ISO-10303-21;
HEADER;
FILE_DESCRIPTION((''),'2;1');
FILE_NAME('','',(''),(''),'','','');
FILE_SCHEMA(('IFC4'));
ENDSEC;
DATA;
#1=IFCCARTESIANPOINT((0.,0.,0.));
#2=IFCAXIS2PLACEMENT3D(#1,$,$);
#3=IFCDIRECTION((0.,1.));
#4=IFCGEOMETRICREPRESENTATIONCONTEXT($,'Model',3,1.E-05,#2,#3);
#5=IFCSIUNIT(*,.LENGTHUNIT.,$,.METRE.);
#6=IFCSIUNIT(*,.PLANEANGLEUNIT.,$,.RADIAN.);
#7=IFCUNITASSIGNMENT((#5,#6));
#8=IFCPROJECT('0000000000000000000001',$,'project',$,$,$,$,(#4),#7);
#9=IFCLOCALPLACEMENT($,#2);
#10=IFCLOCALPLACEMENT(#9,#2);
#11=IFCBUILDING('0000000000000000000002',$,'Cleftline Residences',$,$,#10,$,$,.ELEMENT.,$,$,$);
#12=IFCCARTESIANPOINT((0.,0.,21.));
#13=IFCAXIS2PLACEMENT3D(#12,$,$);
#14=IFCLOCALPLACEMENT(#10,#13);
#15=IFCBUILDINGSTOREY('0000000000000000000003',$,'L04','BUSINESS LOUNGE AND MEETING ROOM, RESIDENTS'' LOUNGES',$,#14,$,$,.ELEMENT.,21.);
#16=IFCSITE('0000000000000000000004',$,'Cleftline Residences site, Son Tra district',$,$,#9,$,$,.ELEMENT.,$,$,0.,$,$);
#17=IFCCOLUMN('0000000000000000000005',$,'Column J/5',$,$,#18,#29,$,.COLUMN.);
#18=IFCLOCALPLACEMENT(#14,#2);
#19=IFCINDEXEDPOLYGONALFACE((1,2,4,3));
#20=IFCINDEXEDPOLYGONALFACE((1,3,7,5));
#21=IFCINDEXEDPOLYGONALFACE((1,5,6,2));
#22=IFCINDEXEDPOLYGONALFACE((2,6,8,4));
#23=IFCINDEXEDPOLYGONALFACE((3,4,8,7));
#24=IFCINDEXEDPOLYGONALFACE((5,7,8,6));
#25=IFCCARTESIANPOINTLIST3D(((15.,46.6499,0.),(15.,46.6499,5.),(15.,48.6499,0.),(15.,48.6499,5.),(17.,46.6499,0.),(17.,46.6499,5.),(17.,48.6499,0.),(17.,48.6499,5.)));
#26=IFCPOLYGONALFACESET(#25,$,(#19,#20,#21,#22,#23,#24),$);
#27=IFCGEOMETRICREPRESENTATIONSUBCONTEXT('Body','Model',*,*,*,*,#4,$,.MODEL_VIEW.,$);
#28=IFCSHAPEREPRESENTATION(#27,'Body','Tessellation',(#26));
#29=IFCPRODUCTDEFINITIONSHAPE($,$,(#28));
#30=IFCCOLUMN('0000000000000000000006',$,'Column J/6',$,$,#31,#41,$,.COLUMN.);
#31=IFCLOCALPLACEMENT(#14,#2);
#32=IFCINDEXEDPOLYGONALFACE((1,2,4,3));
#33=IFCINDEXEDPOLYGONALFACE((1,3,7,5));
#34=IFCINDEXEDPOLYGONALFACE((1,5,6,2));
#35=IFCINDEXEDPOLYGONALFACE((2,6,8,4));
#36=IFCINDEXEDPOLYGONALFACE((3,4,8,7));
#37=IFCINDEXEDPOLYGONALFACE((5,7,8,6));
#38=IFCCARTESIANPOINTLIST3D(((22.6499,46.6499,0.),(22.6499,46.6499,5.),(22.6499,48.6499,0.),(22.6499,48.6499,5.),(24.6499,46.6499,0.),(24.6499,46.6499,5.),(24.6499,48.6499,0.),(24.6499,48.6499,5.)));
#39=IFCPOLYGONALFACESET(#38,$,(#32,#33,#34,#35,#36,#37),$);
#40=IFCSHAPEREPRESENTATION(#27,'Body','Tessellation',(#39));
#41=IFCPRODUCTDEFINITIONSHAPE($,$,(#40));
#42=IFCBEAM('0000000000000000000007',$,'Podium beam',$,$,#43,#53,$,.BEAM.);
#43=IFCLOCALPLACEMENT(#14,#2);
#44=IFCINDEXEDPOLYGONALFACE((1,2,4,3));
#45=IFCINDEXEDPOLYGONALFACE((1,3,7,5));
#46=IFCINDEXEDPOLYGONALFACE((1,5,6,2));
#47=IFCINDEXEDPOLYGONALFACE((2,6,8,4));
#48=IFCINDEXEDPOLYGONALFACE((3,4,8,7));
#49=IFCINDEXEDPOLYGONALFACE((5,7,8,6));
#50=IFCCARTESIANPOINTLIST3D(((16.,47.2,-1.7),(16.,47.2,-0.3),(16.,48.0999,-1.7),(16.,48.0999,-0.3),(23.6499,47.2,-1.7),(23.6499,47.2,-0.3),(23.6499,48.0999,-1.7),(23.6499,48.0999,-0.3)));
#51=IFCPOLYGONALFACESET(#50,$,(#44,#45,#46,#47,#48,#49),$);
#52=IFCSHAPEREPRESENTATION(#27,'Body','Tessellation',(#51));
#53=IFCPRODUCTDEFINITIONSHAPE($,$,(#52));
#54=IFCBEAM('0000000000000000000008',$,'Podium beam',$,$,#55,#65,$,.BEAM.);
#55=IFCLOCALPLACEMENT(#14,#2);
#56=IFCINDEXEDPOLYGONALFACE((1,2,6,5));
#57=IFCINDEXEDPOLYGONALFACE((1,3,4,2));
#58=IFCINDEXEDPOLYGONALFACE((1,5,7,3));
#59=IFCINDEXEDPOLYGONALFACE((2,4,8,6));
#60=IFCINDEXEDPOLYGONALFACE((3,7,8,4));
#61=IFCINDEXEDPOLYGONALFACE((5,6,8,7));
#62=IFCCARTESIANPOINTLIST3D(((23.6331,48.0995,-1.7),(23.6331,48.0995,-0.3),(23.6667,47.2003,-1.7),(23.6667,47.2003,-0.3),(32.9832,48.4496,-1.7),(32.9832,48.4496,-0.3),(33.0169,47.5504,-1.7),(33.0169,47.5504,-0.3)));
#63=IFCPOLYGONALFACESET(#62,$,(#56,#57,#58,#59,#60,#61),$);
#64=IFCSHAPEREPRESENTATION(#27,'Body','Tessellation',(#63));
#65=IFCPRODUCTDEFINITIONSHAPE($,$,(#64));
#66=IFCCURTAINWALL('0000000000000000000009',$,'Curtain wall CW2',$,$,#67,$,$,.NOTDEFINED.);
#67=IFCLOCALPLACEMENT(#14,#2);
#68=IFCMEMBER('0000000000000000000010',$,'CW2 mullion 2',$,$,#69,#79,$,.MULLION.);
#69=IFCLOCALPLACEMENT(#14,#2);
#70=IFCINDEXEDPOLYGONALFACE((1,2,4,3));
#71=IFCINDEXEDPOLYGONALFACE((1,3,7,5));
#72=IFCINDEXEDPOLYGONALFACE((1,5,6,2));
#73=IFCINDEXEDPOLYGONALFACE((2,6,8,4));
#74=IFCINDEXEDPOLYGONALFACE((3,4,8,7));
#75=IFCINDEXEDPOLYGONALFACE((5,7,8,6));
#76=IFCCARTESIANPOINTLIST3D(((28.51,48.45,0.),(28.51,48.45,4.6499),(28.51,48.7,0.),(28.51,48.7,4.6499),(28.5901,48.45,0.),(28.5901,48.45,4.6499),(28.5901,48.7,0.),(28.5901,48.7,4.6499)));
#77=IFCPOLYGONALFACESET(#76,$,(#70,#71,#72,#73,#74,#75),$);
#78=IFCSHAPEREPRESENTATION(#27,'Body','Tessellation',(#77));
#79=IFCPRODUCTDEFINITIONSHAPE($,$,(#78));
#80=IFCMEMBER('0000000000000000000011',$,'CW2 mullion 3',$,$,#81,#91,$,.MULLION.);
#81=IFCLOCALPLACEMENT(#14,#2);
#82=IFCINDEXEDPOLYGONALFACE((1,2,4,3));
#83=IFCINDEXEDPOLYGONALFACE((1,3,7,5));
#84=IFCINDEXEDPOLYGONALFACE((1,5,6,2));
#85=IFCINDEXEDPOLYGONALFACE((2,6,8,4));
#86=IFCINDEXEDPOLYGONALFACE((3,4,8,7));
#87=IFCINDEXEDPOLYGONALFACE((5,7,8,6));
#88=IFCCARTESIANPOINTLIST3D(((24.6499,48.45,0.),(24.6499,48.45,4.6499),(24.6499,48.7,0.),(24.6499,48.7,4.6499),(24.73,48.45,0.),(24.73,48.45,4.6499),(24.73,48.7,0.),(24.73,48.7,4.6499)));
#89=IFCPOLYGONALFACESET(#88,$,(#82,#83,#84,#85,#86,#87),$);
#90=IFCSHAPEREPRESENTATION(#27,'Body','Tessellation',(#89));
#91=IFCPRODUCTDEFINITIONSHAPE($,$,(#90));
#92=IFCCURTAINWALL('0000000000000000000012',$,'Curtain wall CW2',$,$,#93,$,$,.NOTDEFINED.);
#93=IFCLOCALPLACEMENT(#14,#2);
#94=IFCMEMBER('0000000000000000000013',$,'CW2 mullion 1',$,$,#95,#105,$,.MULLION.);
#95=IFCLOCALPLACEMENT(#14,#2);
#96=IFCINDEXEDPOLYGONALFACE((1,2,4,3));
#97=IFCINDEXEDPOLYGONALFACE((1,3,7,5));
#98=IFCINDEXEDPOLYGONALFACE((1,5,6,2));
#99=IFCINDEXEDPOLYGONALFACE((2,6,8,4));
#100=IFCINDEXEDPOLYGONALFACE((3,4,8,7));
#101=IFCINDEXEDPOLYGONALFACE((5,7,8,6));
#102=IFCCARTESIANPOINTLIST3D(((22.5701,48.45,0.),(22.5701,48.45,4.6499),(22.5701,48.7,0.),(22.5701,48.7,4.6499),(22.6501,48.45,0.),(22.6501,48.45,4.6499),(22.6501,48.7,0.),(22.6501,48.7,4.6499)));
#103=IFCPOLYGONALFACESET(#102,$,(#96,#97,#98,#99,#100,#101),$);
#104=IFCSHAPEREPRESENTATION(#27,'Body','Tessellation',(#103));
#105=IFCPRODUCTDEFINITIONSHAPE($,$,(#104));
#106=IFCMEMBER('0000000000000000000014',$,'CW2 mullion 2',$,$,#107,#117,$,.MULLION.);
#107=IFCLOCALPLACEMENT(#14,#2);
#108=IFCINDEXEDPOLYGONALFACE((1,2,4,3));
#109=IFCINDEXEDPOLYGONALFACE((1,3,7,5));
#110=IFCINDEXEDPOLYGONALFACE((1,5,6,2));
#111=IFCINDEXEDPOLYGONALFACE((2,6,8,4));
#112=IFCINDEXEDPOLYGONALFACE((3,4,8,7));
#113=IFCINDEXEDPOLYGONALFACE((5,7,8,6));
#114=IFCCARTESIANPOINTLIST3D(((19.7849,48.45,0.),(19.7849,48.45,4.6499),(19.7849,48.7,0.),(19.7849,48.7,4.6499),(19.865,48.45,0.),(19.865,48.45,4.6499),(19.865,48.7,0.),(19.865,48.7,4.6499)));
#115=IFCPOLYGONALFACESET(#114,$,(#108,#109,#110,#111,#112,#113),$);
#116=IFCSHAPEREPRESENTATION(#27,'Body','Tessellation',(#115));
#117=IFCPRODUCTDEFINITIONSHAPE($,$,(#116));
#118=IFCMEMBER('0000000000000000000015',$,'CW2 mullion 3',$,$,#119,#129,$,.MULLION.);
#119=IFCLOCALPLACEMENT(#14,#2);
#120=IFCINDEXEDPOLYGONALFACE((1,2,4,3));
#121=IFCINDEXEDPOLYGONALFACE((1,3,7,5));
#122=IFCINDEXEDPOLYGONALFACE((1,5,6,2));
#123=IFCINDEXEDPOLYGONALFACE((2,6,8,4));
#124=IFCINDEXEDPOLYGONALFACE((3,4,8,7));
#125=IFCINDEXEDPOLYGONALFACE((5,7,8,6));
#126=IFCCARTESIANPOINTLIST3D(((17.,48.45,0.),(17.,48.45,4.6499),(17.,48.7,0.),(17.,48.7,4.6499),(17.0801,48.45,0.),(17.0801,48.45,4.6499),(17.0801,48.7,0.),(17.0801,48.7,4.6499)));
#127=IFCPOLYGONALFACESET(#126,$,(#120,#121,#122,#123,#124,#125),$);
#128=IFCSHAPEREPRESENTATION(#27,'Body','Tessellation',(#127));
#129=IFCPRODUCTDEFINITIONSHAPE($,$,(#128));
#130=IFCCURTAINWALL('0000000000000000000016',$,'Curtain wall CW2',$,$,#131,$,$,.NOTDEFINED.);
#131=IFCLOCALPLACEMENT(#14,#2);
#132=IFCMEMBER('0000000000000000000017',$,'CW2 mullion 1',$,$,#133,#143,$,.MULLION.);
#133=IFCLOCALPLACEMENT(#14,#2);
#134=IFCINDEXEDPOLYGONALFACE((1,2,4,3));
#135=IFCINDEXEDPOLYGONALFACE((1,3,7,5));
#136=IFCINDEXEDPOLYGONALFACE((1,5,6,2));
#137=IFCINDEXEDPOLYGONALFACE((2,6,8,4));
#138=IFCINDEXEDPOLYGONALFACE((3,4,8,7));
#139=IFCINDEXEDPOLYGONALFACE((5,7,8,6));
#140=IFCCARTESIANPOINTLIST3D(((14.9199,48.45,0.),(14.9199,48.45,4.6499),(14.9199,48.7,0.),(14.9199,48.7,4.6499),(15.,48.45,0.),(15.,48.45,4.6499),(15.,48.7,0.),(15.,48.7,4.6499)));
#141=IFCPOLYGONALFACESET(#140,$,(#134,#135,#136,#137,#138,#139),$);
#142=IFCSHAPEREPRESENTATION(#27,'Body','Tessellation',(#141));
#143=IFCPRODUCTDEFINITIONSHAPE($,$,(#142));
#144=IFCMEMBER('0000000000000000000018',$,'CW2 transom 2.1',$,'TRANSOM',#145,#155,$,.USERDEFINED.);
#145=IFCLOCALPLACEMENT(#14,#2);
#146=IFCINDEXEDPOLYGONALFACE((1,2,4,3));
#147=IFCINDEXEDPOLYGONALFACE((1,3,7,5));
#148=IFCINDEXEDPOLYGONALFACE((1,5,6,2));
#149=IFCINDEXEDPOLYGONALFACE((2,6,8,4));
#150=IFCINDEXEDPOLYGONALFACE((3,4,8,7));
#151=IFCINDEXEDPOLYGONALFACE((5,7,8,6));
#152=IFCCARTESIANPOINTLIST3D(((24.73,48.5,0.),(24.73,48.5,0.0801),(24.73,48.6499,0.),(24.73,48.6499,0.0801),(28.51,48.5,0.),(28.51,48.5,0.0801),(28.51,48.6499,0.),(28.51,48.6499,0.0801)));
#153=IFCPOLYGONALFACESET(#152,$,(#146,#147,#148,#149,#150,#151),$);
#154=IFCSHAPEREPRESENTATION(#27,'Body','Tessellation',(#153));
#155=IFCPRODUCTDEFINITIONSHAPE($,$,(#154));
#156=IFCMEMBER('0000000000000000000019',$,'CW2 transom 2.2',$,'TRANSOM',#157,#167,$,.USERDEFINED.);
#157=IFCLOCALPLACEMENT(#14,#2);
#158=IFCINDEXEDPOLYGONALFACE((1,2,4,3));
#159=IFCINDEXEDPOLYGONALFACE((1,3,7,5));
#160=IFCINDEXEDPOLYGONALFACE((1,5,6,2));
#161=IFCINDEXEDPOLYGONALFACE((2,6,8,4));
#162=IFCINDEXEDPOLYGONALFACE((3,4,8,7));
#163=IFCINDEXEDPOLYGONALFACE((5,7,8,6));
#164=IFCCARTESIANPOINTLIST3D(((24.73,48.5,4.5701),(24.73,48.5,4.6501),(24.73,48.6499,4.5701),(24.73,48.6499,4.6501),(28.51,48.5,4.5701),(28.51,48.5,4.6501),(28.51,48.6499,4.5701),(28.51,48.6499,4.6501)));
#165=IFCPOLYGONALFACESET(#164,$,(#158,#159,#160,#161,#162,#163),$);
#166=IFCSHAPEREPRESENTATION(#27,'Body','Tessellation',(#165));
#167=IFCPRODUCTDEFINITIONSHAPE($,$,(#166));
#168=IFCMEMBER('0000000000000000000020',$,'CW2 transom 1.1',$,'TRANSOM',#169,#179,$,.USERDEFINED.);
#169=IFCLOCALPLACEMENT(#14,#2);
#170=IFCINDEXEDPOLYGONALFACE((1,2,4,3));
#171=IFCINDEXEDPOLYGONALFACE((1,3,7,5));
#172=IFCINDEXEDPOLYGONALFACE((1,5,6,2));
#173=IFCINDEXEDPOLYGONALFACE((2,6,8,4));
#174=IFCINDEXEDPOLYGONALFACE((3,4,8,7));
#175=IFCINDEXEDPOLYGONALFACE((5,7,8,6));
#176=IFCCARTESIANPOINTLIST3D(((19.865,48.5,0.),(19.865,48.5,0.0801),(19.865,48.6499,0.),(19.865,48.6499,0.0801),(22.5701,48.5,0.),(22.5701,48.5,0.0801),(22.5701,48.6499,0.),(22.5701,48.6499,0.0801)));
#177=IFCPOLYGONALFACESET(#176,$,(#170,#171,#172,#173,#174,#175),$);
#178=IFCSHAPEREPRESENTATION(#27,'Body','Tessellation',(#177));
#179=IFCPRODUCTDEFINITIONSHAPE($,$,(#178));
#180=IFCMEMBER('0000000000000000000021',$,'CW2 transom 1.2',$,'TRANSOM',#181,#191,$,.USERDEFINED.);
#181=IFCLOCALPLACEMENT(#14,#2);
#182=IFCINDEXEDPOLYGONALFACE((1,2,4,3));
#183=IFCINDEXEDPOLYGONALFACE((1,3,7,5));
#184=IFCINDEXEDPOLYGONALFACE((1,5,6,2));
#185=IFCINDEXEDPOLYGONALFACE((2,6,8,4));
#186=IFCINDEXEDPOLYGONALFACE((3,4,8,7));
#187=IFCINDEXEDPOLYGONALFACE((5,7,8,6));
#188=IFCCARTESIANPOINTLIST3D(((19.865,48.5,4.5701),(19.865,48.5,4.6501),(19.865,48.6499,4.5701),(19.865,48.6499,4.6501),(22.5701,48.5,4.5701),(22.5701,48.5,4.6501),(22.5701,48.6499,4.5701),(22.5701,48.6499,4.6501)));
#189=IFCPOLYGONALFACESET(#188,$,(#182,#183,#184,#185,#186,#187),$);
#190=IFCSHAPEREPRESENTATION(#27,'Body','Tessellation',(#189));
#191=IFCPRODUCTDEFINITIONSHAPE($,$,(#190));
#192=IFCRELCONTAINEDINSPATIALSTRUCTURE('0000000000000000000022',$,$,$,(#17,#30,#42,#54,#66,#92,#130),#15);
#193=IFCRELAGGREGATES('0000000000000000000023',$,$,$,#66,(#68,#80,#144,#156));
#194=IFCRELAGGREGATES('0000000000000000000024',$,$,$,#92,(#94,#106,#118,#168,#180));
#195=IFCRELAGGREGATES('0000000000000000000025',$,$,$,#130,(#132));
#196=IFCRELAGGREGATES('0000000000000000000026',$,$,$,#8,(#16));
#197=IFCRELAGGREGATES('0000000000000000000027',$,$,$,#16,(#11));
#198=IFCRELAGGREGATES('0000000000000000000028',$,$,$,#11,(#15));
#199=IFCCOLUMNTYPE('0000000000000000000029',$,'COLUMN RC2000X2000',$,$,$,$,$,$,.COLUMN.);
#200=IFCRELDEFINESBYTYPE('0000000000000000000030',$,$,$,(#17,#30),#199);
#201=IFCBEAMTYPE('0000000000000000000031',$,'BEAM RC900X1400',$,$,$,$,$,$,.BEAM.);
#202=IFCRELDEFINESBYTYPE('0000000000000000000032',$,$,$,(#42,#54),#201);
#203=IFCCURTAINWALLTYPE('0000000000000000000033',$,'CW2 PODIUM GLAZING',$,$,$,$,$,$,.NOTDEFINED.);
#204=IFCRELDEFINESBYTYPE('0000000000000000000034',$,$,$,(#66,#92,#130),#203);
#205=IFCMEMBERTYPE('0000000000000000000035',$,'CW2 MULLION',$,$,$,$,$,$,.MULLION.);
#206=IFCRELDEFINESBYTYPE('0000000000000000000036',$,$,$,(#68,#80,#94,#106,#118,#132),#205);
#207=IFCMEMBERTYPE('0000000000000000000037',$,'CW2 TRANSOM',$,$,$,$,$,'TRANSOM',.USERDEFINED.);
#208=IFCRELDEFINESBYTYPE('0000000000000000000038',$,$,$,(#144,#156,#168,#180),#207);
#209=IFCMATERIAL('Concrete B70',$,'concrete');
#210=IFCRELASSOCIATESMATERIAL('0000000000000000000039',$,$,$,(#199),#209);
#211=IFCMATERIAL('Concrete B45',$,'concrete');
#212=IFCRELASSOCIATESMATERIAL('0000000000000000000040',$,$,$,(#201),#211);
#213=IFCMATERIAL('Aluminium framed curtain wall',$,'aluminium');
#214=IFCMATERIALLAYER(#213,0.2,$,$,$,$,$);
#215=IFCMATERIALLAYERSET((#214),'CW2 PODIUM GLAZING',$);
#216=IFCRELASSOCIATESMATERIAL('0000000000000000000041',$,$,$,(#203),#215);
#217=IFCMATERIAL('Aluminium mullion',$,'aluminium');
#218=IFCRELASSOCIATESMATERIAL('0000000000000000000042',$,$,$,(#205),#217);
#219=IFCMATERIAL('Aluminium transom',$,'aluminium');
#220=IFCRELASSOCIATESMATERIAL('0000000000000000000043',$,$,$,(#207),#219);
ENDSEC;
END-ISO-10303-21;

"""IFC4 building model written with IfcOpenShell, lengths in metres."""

from ifc_helpers import new_model, si_unit, direction, frame, origin, origin_2d, place, context, subcontext, project, spatial, rectangle, extrude, material, layer, layer_set, material_profile, profile_set, type_object, element, aggregate, save


model = new_model("IFC4")

# Units and contexts
model_context = context("Model", 3, precision=1e-05, world=origin(), true_north=direction((0.0, 1.0)))
body_context = subcontext(model_context, "Body", "Model", "MODEL_VIEW")
ifc_project = project(units=[si_unit("LENGTHUNIT", "METRE"), si_unit("PLANEANGLEUNIT", "RADIAN")], contexts=[model_context])

# Site, building, storey
site_placement = place(None, origin())
site = spatial("IfcSite", under=ifc_project, at=site_placement, Name="Cleftline Residences site, Son Tra district", CompositionType="ELEMENT", RefElevation=0.0)
building_placement = place(site_placement, origin())
building = spatial("IfcBuilding", under=site, at=building_placement, Name="Cleftline Residences", CompositionType="ELEMENT")
storey_placement = place(building_placement, frame((0.0, 0.0, 21.0)))
storey = spatial("IfcBuildingStorey", under=building, at=storey_placement, Name="L04", Description="BUSINESS LOUNGE AND MEETING ROOM, RESIDENTS' LOUNGES", CompositionType="ELEMENT", Elevation=21.0)

# Columns
ifc_material_1 = material(Name="Concrete B70", Category="concrete")
ifc_material_profile_1 = material_profile(ifc_material_1, rectangle(XDim=2.0, YDim=2.0, at=origin_2d()))
ifc_profile_set_1 = profile_set([ifc_material_profile_1], Name="Concrete B70")
column_type = type_object("IfcColumnType", Name="COLUMN RC2000X2000", PredefinedType="COLUMN", material=ifc_profile_set_1)
for number, where, z_axis, x_axis, name in (
    (1, (16.0, 47.6499, 0.0), (0.0, 0.0, 1.0), (1.0, 0.0, 0.0), "Column J/5"),
    (2, (23.6499, 47.6499, 0.0), (0.0, 0.0, 1.0), (1.0, 0.0, 0.0), "Column J/6"),
):
    element("IfcColumn", number, at=place(storey_placement, frame(where, z_axis=z_axis, x_axis=x_axis)), inside=storey, type_object=column_type, Name=name, PredefinedType="COLUMN", context=body_context, shape_type="SweptSolid", body=[
        extrude(rectangle(XDim=2.0, YDim=2.0, at=origin_2d()), origin(), (0.0, 0.0, 1.0), 5.0),
    ])

# Beams
ifc_material_2 = material(Name="Concrete B45", Category="concrete")
ifc_material_profile_2 = material_profile(ifc_material_2, rectangle(XDim=0.8999, YDim=1.3999, at=origin_2d()))
ifc_profile_set_2 = profile_set([ifc_material_profile_2], Name="Concrete B45")
beam_type = type_object("IfcBeamType", Name="BEAM RC900X1400", PredefinedType="BEAM", material=ifc_profile_set_2)
beam_1_placement = place(storey_placement, frame((16.0, 47.6499, -1.0), z_axis=(1.0, 0.0, 0.0), x_axis=(0.0, 1.0, 0.0)))
element("IfcBeam", 3, at=beam_1_placement, inside=storey, type_object=beam_type, Name="Podium beam", PredefinedType="BEAM", context=body_context, shape_type="SweptSolid", body=[
    extrude(rectangle(XDim=0.8999, YDim=1.3999, at=origin_2d()), origin(), (0.0, 0.0, 1.0), 7.6499),
])
beam_2_placement = place(storey_placement, frame((23.6499, 47.6499, -1.0), z_axis=(0.9993, 0.037417, 0.0), x_axis=(-0.037417, 0.9993, 0.0)))
element("IfcBeam", 4, at=beam_2_placement, inside=storey, type_object=beam_type, Name="Podium beam", PredefinedType="BEAM", context=body_context, shape_type="SweptSolid", body=[
    extrude(rectangle(XDim=0.8999, YDim=1.3999, at=origin_2d()), origin(), (0.0, 0.0, 1.0), 9.3567),
])

# Curtain walls, members
ifc_material_3 = material(Name="Aluminium framed curtain wall", Category="aluminium")
ifc_layer_1 = layer(ifc_material_3, 0.2)
ifc_layer_set_1 = layer_set([ifc_layer_1], Name="CW2 PODIUM GLAZING")
curtain_wall_type = type_object("IfcCurtainWallType", Name="CW2 PODIUM GLAZING", PredefinedType="NOTDEFINED", material=ifc_layer_set_1)
curtain_wall_1_placement = place(storey_placement, origin())
curtain_wall_1 = element("IfcCurtainWall", 5, at=curtain_wall_1_placement, inside=storey, type_object=curtain_wall_type, Name="Curtain wall CW2", PredefinedType="NOTDEFINED")
ifc_material_4 = material(Name="Aluminium mullion", Category="aluminium")
ifc_material_profile_3 = material_profile(ifc_material_4, rectangle(XDim=0.25, YDim=0.0801, at=origin_2d()))
ifc_profile_set_3 = profile_set([ifc_material_profile_3], Name="Aluminium mullion")
member_type_1 = type_object("IfcMemberType", Name="CW2 MULLION", PredefinedType="MULLION", material=ifc_profile_set_3)
member_1_placement = place(storey_placement, frame((28.55, 48.575, 0.0), z_axis=(0.0, 0.0, 1.0), x_axis=(0.0, -1.0, 0.0)))
member_1 = element("IfcMember", 6, at=member_1_placement, type_object=member_type_1, Name="CW2 mullion 2", PredefinedType="MULLION", context=body_context, shape_type="SweptSolid", body=[
    extrude(rectangle(XDim=0.25, YDim=0.0801, at=origin_2d()), origin(), (0.0, 0.0, 1.0), 4.6499),
])
member_2_placement = place(storey_placement, frame((24.6899, 48.575, 0.0), z_axis=(0.0, 0.0, 1.0), x_axis=(0.0, -1.0, 0.0)))
member_2 = element("IfcMember", 7, at=member_2_placement, type_object=member_type_1, Name="CW2 mullion 3", PredefinedType="MULLION", context=body_context, shape_type="SweptSolid", body=[
    extrude(rectangle(XDim=0.25, YDim=0.0801, at=origin_2d()), origin(), (0.0, 0.0, 1.0), 4.6499),
])
curtain_wall_2_placement = place(storey_placement, origin())
curtain_wall_2 = element("IfcCurtainWall", 8, at=curtain_wall_2_placement, inside=storey, type_object=curtain_wall_type, Name="Curtain wall CW2", PredefinedType="NOTDEFINED")
member_3_placement = place(storey_placement, frame((22.6101, 48.575, 0.0), z_axis=(0.0, 0.0, 1.0), x_axis=(0.0, -1.0, 0.0)))
member_3 = element("IfcMember", 9, at=member_3_placement, type_object=member_type_1, Name="CW2 mullion 1", PredefinedType="MULLION", context=body_context, shape_type="SweptSolid", body=[
    extrude(rectangle(XDim=0.25, YDim=0.0801, at=origin_2d()), origin(), (0.0, 0.0, 1.0), 4.6499),
])
member_4_placement = place(storey_placement, frame((19.825, 48.575, 0.0), z_axis=(0.0, 0.0, 1.0), x_axis=(0.0, -1.0, 0.0)))
member_4 = element("IfcMember", 10, at=member_4_placement, type_object=member_type_1, Name="CW2 mullion 2", PredefinedType="MULLION", context=body_context, shape_type="SweptSolid", body=[
    extrude(rectangle(XDim=0.25, YDim=0.0801, at=origin_2d()), origin(), (0.0, 0.0, 1.0), 4.6499),
])
member_5_placement = place(storey_placement, frame((17.04, 48.575, 0.0), z_axis=(0.0, 0.0, 1.0), x_axis=(0.0, -1.0, 0.0)))
member_5 = element("IfcMember", 11, at=member_5_placement, type_object=member_type_1, Name="CW2 mullion 3", PredefinedType="MULLION", context=body_context, shape_type="SweptSolid", body=[
    extrude(rectangle(XDim=0.25, YDim=0.0801, at=origin_2d()), origin(), (0.0, 0.0, 1.0), 4.6499),
])

# Curtain wall, member
curtain_wall_3_placement = place(storey_placement, origin())
curtain_wall_3 = element("IfcCurtainWall", 12, at=curtain_wall_3_placement, inside=storey, type_object=curtain_wall_type, Name="Curtain wall CW2", PredefinedType="NOTDEFINED")
member_6_placement = place(storey_placement, frame((14.96, 48.575, 0.0), z_axis=(0.0, 0.0, 1.0), x_axis=(0.0, -1.0, 0.0)))
member_6 = element("IfcMember", 13, at=member_6_placement, type_object=member_type_1, Name="CW2 mullion 1", PredefinedType="MULLION", context=body_context, shape_type="SweptSolid", body=[
    extrude(rectangle(XDim=0.25, YDim=0.0801, at=origin_2d()), origin(), (0.0, 0.0, 1.0), 4.6499),
])

# Members
ifc_material_5 = material(Name="Aluminium transom", Category="aluminium")
ifc_material_profile_4 = material_profile(ifc_material_5, rectangle(XDim=0.1499, YDim=0.0801, at=origin_2d()))
ifc_profile_set_4 = profile_set([ifc_material_profile_4], Name="Aluminium transom")
member_type_2 = type_object("IfcMemberType", Name="CW2 TRANSOM", ElementType="TRANSOM", PredefinedType="USERDEFINED", material=ifc_profile_set_4)
member_7_placement = place(storey_placement, frame((28.51, 48.575, 0.04), z_axis=(-1.0, 0.0, 0.0), x_axis=(0.0, -1.0, 0.0)))
member_7 = element("IfcMember", 14, at=member_7_placement, type_object=member_type_2, Name="CW2 transom 2.1", ObjectType="TRANSOM", PredefinedType="USERDEFINED", context=body_context, shape_type="SweptSolid", body=[
    extrude(rectangle(XDim=0.1499, YDim=0.0801, at=origin_2d()), origin(), (0.0, 0.0, 1.0), 3.78),
])
member_8_placement = place(storey_placement, frame((28.51, 48.575, 4.6101), z_axis=(-1.0, 0.0, 0.0), x_axis=(0.0, -1.0, 0.0)))
member_8 = element("IfcMember", 15, at=member_8_placement, type_object=member_type_2, Name="CW2 transom 2.2", ObjectType="TRANSOM", PredefinedType="USERDEFINED", context=body_context, shape_type="SweptSolid", body=[
    extrude(rectangle(XDim=0.1499, YDim=0.0801, at=origin_2d()), origin(), (0.0, 0.0, 1.0), 3.78),
])
member_9_placement = place(storey_placement, frame((22.5701, 48.575, 0.04), z_axis=(-1.0, 0.0, 0.0), x_axis=(0.0, -1.0, 0.0)))
member_9 = element("IfcMember", 16, at=member_9_placement, type_object=member_type_2, Name="CW2 transom 1.1", ObjectType="TRANSOM", PredefinedType="USERDEFINED", context=body_context, shape_type="SweptSolid", body=[
    extrude(rectangle(XDim=0.1499, YDim=0.0801, at=origin_2d()), origin(), (0.0, 0.0, 1.0), 2.7051),
])
member_10_placement = place(storey_placement, frame((22.5701, 48.575, 4.6101), z_axis=(-1.0, 0.0, 0.0), x_axis=(0.0, -1.0, 0.0)))
member_10 = element("IfcMember", 17, at=member_10_placement, type_object=member_type_2, Name="CW2 transom 1.2", ObjectType="TRANSOM", PredefinedType="USERDEFINED", context=body_context, shape_type="SweptSolid", body=[
    extrude(rectangle(XDim=0.1499, YDim=0.0801, at=origin_2d()), origin(), (0.0, 0.0, 1.0), 2.7051),
])

aggregate(curtain_wall_1, [member_1, member_2, member_7, member_8])
aggregate(curtain_wall_2, [member_3, member_4, member_5, member_9, member_10])
aggregate(curtain_wall_3, [member_6])

save(model, "model.ifc")
